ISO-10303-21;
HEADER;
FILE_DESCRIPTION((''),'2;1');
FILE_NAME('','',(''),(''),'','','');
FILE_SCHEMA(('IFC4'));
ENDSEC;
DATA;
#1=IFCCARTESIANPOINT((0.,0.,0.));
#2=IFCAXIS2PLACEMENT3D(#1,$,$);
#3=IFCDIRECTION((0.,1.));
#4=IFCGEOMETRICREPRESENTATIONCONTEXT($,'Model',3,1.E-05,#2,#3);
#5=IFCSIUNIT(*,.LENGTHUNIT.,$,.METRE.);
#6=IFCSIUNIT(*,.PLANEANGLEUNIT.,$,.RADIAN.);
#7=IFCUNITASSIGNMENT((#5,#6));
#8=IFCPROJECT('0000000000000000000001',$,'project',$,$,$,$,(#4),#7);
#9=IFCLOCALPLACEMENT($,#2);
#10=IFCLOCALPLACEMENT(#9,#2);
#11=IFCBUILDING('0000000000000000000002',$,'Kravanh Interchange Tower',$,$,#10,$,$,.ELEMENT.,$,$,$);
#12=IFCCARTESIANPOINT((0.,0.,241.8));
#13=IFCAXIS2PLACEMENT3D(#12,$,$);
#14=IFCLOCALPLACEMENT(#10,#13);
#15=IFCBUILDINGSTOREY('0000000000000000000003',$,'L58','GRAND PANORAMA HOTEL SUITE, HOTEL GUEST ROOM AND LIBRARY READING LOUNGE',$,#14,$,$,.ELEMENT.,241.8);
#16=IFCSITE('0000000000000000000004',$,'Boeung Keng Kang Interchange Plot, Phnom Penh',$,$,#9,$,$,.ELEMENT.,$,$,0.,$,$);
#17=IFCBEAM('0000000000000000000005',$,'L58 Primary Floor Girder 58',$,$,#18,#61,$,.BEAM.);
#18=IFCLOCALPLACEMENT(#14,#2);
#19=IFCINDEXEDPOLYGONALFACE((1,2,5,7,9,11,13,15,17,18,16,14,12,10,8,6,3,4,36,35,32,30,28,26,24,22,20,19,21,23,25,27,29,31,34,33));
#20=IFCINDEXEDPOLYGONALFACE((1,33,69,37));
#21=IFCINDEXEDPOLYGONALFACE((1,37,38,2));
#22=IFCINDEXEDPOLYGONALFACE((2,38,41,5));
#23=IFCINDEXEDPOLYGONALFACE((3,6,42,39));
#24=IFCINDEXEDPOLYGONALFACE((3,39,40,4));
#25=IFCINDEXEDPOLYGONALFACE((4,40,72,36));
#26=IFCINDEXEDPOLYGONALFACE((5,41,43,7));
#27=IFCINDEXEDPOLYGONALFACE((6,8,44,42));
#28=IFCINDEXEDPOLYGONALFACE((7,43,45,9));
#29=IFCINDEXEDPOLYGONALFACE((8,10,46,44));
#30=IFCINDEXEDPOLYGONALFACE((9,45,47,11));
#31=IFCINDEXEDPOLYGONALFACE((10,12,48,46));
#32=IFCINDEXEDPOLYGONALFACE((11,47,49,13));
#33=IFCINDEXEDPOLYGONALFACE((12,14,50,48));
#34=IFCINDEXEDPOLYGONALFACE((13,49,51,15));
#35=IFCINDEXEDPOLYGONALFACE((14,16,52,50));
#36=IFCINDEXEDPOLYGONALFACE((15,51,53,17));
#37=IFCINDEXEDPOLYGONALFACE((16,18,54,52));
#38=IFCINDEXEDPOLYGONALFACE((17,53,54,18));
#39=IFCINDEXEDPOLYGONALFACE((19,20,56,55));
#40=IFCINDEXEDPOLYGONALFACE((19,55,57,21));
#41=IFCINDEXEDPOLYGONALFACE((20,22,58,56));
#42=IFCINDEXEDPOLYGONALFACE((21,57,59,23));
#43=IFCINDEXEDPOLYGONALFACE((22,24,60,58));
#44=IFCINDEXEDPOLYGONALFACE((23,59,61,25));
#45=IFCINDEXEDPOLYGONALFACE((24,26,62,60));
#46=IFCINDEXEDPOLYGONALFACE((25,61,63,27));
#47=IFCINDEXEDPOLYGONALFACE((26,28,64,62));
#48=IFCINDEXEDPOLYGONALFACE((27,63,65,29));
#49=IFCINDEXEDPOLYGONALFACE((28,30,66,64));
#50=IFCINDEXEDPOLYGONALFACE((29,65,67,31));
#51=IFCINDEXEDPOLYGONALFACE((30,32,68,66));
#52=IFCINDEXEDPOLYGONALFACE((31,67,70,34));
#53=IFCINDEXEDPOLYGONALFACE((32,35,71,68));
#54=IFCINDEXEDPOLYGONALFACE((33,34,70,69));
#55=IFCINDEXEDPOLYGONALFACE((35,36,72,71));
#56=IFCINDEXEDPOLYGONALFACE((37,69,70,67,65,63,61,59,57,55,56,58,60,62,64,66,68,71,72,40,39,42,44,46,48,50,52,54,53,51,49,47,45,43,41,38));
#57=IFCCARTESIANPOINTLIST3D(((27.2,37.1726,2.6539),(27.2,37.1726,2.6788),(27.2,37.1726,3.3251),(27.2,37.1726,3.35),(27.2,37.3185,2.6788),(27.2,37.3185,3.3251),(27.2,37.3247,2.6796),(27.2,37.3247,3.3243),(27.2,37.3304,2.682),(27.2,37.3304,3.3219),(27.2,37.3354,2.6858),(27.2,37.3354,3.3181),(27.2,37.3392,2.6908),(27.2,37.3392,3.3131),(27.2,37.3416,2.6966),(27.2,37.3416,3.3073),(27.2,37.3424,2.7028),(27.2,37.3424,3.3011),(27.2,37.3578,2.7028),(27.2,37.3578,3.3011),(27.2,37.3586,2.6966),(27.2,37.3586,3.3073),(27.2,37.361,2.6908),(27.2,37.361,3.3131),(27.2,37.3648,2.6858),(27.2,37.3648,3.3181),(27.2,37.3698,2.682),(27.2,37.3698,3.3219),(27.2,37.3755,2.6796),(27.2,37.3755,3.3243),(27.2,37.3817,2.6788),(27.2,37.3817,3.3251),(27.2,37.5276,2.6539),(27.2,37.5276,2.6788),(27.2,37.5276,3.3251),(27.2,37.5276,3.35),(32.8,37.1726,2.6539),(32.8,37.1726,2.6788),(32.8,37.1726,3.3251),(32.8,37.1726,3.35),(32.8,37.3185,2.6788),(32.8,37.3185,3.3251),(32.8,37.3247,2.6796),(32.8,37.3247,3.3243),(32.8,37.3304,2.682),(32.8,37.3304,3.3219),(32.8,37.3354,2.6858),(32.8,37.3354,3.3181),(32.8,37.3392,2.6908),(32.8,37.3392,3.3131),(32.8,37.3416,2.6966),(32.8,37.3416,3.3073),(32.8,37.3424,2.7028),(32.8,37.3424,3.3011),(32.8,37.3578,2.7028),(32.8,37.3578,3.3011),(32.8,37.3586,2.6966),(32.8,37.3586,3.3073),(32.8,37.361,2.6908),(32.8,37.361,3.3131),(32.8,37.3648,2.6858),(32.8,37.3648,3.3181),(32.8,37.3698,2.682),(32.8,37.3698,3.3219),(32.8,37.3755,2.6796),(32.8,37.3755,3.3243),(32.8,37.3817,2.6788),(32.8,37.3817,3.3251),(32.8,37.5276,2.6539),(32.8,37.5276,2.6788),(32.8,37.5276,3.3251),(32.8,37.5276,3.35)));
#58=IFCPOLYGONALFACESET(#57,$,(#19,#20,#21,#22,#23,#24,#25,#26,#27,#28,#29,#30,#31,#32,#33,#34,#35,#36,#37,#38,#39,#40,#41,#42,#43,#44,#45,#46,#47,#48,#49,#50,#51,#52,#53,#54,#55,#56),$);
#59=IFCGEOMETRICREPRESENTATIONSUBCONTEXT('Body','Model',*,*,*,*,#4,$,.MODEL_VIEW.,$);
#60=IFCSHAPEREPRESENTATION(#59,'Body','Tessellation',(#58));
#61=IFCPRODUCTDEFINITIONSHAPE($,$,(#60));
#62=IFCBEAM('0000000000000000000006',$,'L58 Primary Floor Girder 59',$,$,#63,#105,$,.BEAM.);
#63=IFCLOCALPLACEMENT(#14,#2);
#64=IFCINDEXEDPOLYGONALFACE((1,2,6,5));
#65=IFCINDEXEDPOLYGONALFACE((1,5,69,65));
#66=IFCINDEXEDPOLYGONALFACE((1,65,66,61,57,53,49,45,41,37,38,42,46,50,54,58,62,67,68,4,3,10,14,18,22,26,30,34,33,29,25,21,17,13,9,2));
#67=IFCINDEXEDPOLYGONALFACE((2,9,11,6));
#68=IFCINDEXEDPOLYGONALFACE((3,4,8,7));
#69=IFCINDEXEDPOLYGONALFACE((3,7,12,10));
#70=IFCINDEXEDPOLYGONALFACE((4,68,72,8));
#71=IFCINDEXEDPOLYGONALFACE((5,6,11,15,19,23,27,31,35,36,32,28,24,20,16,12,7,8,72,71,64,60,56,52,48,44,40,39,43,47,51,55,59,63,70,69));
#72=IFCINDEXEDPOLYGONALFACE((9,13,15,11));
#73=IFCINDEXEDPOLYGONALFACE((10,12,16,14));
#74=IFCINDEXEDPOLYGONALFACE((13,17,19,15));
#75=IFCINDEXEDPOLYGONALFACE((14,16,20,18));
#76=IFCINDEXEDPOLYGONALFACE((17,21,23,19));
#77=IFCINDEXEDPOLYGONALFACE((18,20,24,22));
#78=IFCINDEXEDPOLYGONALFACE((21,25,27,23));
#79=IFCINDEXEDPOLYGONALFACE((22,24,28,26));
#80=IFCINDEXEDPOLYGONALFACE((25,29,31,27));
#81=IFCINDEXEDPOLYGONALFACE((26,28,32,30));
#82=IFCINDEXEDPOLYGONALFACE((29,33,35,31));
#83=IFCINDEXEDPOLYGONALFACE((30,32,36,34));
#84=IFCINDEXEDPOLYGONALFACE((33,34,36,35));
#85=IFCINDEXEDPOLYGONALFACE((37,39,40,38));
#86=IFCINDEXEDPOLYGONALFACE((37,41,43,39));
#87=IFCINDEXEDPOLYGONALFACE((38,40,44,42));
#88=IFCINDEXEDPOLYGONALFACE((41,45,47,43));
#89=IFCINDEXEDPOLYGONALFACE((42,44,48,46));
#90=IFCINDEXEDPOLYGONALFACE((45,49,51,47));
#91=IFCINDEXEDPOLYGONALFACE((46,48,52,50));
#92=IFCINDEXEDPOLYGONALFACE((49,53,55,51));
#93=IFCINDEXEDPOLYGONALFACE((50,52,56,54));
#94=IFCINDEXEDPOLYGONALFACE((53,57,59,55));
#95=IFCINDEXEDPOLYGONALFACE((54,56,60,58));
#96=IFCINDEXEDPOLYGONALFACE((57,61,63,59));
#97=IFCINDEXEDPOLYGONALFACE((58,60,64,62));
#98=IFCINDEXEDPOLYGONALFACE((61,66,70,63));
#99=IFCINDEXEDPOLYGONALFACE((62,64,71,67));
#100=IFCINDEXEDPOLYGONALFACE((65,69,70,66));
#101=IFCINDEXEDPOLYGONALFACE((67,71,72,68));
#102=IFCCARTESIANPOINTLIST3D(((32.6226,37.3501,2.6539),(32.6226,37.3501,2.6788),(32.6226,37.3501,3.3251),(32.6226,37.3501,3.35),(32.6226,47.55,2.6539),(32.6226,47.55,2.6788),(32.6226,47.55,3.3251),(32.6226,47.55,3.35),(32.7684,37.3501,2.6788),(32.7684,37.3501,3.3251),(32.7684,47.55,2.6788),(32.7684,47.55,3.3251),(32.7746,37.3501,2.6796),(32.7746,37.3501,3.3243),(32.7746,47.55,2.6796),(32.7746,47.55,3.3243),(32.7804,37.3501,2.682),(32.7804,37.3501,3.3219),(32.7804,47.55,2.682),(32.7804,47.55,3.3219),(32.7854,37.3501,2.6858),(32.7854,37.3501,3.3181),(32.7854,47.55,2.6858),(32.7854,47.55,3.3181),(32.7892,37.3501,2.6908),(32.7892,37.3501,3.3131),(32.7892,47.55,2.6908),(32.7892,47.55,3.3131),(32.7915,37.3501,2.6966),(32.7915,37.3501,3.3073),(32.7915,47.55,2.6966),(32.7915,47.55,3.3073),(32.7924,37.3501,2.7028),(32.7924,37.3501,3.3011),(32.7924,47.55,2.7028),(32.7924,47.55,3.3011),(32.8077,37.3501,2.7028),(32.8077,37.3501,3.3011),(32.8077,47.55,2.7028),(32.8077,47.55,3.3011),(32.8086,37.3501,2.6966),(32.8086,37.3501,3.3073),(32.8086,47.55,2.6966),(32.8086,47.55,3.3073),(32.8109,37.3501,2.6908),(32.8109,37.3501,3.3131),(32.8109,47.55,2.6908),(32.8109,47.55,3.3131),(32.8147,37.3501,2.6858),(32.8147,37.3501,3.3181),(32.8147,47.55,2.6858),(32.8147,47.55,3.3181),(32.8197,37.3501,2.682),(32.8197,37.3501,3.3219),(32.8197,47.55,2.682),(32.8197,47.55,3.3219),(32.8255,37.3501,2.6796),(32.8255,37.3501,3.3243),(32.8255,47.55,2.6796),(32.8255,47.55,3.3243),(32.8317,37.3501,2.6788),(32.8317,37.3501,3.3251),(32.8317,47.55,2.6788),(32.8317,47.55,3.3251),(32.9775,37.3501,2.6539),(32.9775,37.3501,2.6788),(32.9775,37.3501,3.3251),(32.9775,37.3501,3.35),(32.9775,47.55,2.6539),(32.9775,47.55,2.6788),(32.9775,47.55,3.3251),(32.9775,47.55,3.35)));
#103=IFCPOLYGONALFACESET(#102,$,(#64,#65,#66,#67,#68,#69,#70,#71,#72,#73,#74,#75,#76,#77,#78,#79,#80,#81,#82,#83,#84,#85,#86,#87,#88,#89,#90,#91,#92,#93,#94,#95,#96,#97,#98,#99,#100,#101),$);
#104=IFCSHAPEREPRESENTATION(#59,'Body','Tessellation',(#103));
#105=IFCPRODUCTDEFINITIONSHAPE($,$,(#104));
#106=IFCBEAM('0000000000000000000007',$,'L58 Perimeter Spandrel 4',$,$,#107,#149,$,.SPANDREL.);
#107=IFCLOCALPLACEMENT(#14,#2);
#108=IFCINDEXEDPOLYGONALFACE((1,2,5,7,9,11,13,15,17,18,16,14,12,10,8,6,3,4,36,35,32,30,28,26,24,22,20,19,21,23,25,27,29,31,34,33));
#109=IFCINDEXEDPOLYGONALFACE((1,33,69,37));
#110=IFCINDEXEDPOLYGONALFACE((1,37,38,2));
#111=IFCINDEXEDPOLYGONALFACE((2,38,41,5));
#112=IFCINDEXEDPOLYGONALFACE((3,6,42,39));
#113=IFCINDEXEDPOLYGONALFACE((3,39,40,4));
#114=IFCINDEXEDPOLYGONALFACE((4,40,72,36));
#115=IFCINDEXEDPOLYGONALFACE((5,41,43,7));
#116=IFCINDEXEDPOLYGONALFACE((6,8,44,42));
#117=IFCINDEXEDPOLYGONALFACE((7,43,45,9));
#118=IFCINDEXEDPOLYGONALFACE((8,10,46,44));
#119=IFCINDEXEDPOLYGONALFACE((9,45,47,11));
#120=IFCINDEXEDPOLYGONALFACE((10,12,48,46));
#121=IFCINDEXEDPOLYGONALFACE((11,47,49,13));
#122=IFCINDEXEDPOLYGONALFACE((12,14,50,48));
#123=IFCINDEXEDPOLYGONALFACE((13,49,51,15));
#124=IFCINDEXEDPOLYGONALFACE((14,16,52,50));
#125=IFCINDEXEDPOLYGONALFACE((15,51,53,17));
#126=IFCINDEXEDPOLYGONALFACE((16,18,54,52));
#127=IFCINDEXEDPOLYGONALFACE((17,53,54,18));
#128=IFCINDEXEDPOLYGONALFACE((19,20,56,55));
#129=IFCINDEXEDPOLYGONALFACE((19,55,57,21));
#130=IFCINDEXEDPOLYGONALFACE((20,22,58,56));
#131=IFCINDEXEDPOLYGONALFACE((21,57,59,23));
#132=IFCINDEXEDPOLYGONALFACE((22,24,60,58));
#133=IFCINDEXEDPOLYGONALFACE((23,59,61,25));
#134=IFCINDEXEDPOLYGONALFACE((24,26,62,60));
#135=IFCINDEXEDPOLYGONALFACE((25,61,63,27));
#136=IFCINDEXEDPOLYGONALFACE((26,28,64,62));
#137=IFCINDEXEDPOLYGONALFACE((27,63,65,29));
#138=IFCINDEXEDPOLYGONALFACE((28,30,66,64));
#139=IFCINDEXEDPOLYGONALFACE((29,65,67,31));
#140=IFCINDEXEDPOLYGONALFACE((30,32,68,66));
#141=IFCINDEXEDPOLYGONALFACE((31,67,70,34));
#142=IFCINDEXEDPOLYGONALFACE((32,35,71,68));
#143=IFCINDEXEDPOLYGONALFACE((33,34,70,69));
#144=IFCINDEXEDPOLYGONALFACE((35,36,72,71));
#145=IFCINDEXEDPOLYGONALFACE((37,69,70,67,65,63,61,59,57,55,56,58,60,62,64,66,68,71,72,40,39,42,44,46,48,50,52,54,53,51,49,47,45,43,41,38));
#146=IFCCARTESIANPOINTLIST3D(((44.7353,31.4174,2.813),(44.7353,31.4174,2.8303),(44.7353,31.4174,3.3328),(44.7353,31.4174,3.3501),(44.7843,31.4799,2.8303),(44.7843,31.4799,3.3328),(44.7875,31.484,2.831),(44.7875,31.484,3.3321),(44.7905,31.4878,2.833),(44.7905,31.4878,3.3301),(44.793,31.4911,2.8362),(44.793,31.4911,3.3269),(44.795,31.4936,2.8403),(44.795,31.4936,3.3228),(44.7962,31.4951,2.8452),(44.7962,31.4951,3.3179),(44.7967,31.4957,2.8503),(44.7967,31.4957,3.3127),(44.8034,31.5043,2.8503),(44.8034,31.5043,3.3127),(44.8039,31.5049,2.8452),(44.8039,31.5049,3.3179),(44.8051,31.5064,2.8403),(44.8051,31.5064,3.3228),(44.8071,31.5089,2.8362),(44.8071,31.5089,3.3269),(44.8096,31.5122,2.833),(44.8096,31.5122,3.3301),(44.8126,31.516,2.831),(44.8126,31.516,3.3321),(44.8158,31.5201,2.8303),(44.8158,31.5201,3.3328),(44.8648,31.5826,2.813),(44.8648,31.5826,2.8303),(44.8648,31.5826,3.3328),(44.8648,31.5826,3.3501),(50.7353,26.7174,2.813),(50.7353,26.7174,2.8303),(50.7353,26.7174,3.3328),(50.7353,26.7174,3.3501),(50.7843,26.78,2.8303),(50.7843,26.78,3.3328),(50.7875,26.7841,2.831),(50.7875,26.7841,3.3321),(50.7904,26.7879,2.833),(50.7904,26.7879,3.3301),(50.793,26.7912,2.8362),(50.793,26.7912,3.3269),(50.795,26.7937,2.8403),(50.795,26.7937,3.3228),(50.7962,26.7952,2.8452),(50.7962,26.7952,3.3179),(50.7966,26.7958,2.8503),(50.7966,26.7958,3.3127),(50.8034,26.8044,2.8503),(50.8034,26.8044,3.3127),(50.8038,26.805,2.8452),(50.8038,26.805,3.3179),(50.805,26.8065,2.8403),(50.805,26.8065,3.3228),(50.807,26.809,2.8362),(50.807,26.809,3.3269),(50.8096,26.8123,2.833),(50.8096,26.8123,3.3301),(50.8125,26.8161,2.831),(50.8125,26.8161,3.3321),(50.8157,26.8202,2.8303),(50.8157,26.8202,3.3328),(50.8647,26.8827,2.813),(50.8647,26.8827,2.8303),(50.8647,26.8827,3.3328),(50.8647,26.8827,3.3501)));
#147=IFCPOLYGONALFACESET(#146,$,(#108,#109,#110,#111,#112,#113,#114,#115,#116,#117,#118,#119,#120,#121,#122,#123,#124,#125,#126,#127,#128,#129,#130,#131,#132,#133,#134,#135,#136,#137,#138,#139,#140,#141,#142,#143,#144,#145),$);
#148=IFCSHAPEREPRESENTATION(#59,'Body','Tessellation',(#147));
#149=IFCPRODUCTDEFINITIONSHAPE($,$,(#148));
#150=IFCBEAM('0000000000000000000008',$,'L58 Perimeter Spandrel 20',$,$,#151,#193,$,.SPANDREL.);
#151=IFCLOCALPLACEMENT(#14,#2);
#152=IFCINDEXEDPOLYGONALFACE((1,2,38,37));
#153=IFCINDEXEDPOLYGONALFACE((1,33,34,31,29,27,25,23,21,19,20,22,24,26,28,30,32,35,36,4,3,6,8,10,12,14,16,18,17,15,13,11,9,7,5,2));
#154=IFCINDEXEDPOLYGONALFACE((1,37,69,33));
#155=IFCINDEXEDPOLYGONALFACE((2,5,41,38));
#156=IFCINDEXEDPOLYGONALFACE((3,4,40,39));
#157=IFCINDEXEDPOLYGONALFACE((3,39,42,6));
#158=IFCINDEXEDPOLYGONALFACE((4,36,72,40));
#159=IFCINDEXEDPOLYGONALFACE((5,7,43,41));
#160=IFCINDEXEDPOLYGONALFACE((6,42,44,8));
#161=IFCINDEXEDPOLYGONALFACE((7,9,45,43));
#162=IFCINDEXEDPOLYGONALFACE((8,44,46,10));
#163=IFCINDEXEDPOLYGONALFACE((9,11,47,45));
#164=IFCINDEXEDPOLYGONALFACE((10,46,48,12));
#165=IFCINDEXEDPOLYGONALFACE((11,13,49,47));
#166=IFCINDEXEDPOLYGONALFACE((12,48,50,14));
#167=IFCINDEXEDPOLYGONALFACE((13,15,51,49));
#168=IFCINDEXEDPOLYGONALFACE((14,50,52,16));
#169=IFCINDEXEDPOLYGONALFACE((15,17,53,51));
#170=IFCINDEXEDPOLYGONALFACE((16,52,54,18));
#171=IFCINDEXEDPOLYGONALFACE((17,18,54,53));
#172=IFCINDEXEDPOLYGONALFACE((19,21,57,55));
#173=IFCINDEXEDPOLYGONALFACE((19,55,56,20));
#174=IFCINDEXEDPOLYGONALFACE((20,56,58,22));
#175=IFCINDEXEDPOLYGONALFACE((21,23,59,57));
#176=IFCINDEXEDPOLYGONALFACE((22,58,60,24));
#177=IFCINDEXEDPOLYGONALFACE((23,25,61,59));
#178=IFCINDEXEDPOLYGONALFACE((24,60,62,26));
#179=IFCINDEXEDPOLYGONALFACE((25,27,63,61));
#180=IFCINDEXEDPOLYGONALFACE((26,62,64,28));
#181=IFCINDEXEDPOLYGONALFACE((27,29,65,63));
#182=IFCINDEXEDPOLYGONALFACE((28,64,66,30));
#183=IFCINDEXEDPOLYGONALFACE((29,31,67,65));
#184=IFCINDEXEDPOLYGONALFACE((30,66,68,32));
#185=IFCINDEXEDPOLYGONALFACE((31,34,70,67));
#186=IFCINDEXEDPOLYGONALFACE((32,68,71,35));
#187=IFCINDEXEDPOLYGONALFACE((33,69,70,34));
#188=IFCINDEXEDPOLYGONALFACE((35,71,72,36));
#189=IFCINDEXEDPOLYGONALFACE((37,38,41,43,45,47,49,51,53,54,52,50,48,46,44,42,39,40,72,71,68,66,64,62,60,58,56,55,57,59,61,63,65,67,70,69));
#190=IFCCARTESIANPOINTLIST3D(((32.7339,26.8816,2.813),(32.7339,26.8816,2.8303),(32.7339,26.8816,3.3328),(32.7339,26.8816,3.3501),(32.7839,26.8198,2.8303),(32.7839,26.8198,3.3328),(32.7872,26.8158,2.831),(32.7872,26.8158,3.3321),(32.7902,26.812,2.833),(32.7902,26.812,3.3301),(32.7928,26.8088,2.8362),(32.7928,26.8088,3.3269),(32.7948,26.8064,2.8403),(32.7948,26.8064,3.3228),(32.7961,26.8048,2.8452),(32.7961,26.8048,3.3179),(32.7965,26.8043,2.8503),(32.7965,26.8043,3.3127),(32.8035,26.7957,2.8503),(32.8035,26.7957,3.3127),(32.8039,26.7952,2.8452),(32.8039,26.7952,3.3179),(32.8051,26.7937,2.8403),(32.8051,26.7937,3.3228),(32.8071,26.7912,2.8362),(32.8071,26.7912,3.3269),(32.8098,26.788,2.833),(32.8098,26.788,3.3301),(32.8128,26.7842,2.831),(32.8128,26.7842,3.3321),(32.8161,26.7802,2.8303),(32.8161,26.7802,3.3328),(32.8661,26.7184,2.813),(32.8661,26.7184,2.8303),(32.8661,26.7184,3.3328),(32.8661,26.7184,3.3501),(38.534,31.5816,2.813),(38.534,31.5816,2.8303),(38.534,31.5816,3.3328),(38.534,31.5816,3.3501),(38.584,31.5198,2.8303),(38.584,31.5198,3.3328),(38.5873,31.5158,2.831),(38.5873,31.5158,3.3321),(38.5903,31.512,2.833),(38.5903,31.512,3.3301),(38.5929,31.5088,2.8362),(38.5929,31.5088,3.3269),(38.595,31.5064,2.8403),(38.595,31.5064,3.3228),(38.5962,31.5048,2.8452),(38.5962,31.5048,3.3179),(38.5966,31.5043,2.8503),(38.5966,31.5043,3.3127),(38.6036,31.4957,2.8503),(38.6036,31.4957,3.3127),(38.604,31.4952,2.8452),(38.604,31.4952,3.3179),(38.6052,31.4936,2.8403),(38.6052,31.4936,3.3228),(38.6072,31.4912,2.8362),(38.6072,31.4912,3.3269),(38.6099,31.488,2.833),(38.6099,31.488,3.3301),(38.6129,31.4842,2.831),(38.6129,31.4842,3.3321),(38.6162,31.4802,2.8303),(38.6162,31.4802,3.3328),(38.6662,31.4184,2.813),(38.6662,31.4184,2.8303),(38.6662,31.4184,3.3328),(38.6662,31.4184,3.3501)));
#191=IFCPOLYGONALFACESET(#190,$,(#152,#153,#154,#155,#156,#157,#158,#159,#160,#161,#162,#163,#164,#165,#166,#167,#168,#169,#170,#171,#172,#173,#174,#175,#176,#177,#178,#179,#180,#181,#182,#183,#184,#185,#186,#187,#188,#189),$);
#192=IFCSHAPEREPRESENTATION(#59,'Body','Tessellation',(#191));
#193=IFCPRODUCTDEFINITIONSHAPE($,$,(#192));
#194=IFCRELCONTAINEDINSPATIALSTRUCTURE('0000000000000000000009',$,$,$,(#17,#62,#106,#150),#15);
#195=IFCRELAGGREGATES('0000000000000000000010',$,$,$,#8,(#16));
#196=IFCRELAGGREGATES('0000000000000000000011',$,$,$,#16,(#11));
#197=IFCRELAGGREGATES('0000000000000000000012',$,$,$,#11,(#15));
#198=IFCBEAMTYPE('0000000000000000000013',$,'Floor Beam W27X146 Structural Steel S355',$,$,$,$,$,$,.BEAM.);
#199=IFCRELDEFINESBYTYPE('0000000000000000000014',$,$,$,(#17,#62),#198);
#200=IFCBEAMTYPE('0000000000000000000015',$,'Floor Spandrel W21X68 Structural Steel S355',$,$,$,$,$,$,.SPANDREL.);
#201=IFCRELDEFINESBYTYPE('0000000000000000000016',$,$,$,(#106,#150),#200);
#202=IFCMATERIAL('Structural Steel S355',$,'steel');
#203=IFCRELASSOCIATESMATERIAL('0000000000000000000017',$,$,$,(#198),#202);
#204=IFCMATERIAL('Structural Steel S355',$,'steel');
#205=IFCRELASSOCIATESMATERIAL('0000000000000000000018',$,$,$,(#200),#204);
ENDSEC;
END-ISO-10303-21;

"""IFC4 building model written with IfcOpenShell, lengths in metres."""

from ifc_helpers import new_model, si_unit, direction, frame, origin, origin_2d, place, context, subcontext, project, spatial, i_section, extrude, material, material_profile, profile_set, type_object, element, save


model = new_model("IFC4")

# Units and contexts
model_context = context("Model", 3, precision=1e-05, world=origin(), true_north=direction((0.0, 1.0)))
body_context = subcontext(model_context, "Body", "Model", "MODEL_VIEW")
ifc_project = project(units=[si_unit("LENGTHUNIT", "METRE"), si_unit("PLANEANGLEUNIT", "RADIAN")], contexts=[model_context])

# Site, building, storey
site_placement = place(None, origin())
site = spatial("IfcSite", under=ifc_project, at=site_placement, Name="Boeung Keng Kang Interchange Plot, Phnom Penh", CompositionType="ELEMENT", RefElevation=0.0)
building_placement = place(site_placement, origin())
building = spatial("IfcBuilding", under=site, at=building_placement, Name="Kravanh Interchange Tower", CompositionType="ELEMENT")
storey_placement = place(building_placement, frame((0.0, 0.0, 241.8)))
storey = spatial("IfcBuildingStorey", under=building, at=storey_placement, Name="L58", Description="GRAND PANORAMA HOTEL SUITE, HOTEL GUEST ROOM AND LIBRARY READING LOUNGE", CompositionType="ELEMENT", Elevation=241.8)

# Beams
ifc_material_1 = material(Name="Structural Steel S355", Category="steel")
ifc_material_profile_1 = material_profile(ifc_material_1, i_section(OverallWidth=0.355, OverallDepth=0.696, WebThickness=0.0154, FlangeThickness=0.0249, FilletRadius=0.0239, at=origin_2d()), Name="W27X146")
ifc_profile_set_1 = profile_set([ifc_material_profile_1], Name="Structural Steel S355")
beam_type_1 = type_object("IfcBeamType", Name="Floor Beam W27X146 Structural Steel S355", PredefinedType="BEAM", material=ifc_profile_set_1)
beam_1_placement = place(storey_placement, frame((32.8, 37.3501, 3.002), z_axis=(-1.0, 0.0, 0.0), x_axis=(0.0, -1.0, 0.0)))
element("IfcBeam", 1, at=beam_1_placement, inside=storey, type_object=beam_type_1, Name="L58 Primary Floor Girder 58", PredefinedType="BEAM", context=body_context, shape_type="SweptSolid", body=[
    extrude(i_section(OverallWidth=0.355, OverallDepth=0.696, WebThickness=0.0154, FlangeThickness=0.0249, FilletRadius=0.0239, at=origin_2d()), origin(), (0.0, 0.0, 1.0), 5.6001),
])
beam_2_placement = place(storey_placement, frame((32.8, 37.3501, 3.002), z_axis=(0.0, 1.0, 0.0), x_axis=(-1.0, 0.0, 0.0)))
element("IfcBeam", 2, at=beam_2_placement, inside=storey, type_object=beam_type_1, Name="L58 Primary Floor Girder 59", PredefinedType="BEAM", context=body_context, shape_type="SweptSolid", body=[
    extrude(i_section(OverallWidth=0.355, OverallDepth=0.696, WebThickness=0.0154, FlangeThickness=0.0249, FilletRadius=0.0239, at=origin_2d()), origin(), (0.0, 0.0, 1.0), 10.2),
])
ifc_material_2 = material(Name="Structural Steel S355", Category="steel")
ifc_material_profile_2 = material_profile(ifc_material_2, i_section(OverallWidth=0.21, OverallDepth=0.5371, WebThickness=0.011, FlangeThickness=0.0173, FilletRadius=0.02, at=origin_2d()), Name="W21X68")
ifc_profile_set_2 = profile_set([ifc_material_profile_2], Name="Structural Steel S355")
beam_type_2 = type_object("IfcBeamType", Name="Floor Spandrel W21X68 Structural Steel S355", PredefinedType="SPANDREL", material=ifc_profile_set_2)
beam_3_placement = place(storey_placement, frame((44.8, 31.5, 3.0815), z_axis=(0.787231, -0.616658, 0.0), x_axis=(0.616658, 0.787231, 0.0)))
element("IfcBeam", 3, at=beam_3_placement, inside=storey, type_object=beam_type_2, Name="L58 Perimeter Spandrel 4", PredefinedType="SPANDREL", context=body_context, shape_type="SweptSolid", body=[
    extrude(i_section(OverallWidth=0.21, OverallDepth=0.5371, WebThickness=0.011, FlangeThickness=0.0173, FilletRadius=0.02, at=origin_2d()), origin(), (0.0, 0.0, 1.0), 7.6216),
])
beam_4_placement = place(storey_placement, frame((38.6001, 31.5, 3.0815), z_axis=(-0.776939, -0.629576, 0.0), x_axis=(0.629576, -0.776939, 0.0)))
element("IfcBeam", 4, at=beam_4_placement, inside=storey, type_object=beam_type_2, Name="L58 Perimeter Spandrel 20", PredefinedType="SPANDREL", context=body_context, shape_type="SweptSolid", body=[
    extrude(i_section(OverallWidth=0.21, OverallDepth=0.5371, WebThickness=0.011, FlangeThickness=0.0173, FilletRadius=0.02, at=origin_2d()), origin(), (0.0, 0.0, 1.0), 7.4653),
])

save(model, "model.ifc")
